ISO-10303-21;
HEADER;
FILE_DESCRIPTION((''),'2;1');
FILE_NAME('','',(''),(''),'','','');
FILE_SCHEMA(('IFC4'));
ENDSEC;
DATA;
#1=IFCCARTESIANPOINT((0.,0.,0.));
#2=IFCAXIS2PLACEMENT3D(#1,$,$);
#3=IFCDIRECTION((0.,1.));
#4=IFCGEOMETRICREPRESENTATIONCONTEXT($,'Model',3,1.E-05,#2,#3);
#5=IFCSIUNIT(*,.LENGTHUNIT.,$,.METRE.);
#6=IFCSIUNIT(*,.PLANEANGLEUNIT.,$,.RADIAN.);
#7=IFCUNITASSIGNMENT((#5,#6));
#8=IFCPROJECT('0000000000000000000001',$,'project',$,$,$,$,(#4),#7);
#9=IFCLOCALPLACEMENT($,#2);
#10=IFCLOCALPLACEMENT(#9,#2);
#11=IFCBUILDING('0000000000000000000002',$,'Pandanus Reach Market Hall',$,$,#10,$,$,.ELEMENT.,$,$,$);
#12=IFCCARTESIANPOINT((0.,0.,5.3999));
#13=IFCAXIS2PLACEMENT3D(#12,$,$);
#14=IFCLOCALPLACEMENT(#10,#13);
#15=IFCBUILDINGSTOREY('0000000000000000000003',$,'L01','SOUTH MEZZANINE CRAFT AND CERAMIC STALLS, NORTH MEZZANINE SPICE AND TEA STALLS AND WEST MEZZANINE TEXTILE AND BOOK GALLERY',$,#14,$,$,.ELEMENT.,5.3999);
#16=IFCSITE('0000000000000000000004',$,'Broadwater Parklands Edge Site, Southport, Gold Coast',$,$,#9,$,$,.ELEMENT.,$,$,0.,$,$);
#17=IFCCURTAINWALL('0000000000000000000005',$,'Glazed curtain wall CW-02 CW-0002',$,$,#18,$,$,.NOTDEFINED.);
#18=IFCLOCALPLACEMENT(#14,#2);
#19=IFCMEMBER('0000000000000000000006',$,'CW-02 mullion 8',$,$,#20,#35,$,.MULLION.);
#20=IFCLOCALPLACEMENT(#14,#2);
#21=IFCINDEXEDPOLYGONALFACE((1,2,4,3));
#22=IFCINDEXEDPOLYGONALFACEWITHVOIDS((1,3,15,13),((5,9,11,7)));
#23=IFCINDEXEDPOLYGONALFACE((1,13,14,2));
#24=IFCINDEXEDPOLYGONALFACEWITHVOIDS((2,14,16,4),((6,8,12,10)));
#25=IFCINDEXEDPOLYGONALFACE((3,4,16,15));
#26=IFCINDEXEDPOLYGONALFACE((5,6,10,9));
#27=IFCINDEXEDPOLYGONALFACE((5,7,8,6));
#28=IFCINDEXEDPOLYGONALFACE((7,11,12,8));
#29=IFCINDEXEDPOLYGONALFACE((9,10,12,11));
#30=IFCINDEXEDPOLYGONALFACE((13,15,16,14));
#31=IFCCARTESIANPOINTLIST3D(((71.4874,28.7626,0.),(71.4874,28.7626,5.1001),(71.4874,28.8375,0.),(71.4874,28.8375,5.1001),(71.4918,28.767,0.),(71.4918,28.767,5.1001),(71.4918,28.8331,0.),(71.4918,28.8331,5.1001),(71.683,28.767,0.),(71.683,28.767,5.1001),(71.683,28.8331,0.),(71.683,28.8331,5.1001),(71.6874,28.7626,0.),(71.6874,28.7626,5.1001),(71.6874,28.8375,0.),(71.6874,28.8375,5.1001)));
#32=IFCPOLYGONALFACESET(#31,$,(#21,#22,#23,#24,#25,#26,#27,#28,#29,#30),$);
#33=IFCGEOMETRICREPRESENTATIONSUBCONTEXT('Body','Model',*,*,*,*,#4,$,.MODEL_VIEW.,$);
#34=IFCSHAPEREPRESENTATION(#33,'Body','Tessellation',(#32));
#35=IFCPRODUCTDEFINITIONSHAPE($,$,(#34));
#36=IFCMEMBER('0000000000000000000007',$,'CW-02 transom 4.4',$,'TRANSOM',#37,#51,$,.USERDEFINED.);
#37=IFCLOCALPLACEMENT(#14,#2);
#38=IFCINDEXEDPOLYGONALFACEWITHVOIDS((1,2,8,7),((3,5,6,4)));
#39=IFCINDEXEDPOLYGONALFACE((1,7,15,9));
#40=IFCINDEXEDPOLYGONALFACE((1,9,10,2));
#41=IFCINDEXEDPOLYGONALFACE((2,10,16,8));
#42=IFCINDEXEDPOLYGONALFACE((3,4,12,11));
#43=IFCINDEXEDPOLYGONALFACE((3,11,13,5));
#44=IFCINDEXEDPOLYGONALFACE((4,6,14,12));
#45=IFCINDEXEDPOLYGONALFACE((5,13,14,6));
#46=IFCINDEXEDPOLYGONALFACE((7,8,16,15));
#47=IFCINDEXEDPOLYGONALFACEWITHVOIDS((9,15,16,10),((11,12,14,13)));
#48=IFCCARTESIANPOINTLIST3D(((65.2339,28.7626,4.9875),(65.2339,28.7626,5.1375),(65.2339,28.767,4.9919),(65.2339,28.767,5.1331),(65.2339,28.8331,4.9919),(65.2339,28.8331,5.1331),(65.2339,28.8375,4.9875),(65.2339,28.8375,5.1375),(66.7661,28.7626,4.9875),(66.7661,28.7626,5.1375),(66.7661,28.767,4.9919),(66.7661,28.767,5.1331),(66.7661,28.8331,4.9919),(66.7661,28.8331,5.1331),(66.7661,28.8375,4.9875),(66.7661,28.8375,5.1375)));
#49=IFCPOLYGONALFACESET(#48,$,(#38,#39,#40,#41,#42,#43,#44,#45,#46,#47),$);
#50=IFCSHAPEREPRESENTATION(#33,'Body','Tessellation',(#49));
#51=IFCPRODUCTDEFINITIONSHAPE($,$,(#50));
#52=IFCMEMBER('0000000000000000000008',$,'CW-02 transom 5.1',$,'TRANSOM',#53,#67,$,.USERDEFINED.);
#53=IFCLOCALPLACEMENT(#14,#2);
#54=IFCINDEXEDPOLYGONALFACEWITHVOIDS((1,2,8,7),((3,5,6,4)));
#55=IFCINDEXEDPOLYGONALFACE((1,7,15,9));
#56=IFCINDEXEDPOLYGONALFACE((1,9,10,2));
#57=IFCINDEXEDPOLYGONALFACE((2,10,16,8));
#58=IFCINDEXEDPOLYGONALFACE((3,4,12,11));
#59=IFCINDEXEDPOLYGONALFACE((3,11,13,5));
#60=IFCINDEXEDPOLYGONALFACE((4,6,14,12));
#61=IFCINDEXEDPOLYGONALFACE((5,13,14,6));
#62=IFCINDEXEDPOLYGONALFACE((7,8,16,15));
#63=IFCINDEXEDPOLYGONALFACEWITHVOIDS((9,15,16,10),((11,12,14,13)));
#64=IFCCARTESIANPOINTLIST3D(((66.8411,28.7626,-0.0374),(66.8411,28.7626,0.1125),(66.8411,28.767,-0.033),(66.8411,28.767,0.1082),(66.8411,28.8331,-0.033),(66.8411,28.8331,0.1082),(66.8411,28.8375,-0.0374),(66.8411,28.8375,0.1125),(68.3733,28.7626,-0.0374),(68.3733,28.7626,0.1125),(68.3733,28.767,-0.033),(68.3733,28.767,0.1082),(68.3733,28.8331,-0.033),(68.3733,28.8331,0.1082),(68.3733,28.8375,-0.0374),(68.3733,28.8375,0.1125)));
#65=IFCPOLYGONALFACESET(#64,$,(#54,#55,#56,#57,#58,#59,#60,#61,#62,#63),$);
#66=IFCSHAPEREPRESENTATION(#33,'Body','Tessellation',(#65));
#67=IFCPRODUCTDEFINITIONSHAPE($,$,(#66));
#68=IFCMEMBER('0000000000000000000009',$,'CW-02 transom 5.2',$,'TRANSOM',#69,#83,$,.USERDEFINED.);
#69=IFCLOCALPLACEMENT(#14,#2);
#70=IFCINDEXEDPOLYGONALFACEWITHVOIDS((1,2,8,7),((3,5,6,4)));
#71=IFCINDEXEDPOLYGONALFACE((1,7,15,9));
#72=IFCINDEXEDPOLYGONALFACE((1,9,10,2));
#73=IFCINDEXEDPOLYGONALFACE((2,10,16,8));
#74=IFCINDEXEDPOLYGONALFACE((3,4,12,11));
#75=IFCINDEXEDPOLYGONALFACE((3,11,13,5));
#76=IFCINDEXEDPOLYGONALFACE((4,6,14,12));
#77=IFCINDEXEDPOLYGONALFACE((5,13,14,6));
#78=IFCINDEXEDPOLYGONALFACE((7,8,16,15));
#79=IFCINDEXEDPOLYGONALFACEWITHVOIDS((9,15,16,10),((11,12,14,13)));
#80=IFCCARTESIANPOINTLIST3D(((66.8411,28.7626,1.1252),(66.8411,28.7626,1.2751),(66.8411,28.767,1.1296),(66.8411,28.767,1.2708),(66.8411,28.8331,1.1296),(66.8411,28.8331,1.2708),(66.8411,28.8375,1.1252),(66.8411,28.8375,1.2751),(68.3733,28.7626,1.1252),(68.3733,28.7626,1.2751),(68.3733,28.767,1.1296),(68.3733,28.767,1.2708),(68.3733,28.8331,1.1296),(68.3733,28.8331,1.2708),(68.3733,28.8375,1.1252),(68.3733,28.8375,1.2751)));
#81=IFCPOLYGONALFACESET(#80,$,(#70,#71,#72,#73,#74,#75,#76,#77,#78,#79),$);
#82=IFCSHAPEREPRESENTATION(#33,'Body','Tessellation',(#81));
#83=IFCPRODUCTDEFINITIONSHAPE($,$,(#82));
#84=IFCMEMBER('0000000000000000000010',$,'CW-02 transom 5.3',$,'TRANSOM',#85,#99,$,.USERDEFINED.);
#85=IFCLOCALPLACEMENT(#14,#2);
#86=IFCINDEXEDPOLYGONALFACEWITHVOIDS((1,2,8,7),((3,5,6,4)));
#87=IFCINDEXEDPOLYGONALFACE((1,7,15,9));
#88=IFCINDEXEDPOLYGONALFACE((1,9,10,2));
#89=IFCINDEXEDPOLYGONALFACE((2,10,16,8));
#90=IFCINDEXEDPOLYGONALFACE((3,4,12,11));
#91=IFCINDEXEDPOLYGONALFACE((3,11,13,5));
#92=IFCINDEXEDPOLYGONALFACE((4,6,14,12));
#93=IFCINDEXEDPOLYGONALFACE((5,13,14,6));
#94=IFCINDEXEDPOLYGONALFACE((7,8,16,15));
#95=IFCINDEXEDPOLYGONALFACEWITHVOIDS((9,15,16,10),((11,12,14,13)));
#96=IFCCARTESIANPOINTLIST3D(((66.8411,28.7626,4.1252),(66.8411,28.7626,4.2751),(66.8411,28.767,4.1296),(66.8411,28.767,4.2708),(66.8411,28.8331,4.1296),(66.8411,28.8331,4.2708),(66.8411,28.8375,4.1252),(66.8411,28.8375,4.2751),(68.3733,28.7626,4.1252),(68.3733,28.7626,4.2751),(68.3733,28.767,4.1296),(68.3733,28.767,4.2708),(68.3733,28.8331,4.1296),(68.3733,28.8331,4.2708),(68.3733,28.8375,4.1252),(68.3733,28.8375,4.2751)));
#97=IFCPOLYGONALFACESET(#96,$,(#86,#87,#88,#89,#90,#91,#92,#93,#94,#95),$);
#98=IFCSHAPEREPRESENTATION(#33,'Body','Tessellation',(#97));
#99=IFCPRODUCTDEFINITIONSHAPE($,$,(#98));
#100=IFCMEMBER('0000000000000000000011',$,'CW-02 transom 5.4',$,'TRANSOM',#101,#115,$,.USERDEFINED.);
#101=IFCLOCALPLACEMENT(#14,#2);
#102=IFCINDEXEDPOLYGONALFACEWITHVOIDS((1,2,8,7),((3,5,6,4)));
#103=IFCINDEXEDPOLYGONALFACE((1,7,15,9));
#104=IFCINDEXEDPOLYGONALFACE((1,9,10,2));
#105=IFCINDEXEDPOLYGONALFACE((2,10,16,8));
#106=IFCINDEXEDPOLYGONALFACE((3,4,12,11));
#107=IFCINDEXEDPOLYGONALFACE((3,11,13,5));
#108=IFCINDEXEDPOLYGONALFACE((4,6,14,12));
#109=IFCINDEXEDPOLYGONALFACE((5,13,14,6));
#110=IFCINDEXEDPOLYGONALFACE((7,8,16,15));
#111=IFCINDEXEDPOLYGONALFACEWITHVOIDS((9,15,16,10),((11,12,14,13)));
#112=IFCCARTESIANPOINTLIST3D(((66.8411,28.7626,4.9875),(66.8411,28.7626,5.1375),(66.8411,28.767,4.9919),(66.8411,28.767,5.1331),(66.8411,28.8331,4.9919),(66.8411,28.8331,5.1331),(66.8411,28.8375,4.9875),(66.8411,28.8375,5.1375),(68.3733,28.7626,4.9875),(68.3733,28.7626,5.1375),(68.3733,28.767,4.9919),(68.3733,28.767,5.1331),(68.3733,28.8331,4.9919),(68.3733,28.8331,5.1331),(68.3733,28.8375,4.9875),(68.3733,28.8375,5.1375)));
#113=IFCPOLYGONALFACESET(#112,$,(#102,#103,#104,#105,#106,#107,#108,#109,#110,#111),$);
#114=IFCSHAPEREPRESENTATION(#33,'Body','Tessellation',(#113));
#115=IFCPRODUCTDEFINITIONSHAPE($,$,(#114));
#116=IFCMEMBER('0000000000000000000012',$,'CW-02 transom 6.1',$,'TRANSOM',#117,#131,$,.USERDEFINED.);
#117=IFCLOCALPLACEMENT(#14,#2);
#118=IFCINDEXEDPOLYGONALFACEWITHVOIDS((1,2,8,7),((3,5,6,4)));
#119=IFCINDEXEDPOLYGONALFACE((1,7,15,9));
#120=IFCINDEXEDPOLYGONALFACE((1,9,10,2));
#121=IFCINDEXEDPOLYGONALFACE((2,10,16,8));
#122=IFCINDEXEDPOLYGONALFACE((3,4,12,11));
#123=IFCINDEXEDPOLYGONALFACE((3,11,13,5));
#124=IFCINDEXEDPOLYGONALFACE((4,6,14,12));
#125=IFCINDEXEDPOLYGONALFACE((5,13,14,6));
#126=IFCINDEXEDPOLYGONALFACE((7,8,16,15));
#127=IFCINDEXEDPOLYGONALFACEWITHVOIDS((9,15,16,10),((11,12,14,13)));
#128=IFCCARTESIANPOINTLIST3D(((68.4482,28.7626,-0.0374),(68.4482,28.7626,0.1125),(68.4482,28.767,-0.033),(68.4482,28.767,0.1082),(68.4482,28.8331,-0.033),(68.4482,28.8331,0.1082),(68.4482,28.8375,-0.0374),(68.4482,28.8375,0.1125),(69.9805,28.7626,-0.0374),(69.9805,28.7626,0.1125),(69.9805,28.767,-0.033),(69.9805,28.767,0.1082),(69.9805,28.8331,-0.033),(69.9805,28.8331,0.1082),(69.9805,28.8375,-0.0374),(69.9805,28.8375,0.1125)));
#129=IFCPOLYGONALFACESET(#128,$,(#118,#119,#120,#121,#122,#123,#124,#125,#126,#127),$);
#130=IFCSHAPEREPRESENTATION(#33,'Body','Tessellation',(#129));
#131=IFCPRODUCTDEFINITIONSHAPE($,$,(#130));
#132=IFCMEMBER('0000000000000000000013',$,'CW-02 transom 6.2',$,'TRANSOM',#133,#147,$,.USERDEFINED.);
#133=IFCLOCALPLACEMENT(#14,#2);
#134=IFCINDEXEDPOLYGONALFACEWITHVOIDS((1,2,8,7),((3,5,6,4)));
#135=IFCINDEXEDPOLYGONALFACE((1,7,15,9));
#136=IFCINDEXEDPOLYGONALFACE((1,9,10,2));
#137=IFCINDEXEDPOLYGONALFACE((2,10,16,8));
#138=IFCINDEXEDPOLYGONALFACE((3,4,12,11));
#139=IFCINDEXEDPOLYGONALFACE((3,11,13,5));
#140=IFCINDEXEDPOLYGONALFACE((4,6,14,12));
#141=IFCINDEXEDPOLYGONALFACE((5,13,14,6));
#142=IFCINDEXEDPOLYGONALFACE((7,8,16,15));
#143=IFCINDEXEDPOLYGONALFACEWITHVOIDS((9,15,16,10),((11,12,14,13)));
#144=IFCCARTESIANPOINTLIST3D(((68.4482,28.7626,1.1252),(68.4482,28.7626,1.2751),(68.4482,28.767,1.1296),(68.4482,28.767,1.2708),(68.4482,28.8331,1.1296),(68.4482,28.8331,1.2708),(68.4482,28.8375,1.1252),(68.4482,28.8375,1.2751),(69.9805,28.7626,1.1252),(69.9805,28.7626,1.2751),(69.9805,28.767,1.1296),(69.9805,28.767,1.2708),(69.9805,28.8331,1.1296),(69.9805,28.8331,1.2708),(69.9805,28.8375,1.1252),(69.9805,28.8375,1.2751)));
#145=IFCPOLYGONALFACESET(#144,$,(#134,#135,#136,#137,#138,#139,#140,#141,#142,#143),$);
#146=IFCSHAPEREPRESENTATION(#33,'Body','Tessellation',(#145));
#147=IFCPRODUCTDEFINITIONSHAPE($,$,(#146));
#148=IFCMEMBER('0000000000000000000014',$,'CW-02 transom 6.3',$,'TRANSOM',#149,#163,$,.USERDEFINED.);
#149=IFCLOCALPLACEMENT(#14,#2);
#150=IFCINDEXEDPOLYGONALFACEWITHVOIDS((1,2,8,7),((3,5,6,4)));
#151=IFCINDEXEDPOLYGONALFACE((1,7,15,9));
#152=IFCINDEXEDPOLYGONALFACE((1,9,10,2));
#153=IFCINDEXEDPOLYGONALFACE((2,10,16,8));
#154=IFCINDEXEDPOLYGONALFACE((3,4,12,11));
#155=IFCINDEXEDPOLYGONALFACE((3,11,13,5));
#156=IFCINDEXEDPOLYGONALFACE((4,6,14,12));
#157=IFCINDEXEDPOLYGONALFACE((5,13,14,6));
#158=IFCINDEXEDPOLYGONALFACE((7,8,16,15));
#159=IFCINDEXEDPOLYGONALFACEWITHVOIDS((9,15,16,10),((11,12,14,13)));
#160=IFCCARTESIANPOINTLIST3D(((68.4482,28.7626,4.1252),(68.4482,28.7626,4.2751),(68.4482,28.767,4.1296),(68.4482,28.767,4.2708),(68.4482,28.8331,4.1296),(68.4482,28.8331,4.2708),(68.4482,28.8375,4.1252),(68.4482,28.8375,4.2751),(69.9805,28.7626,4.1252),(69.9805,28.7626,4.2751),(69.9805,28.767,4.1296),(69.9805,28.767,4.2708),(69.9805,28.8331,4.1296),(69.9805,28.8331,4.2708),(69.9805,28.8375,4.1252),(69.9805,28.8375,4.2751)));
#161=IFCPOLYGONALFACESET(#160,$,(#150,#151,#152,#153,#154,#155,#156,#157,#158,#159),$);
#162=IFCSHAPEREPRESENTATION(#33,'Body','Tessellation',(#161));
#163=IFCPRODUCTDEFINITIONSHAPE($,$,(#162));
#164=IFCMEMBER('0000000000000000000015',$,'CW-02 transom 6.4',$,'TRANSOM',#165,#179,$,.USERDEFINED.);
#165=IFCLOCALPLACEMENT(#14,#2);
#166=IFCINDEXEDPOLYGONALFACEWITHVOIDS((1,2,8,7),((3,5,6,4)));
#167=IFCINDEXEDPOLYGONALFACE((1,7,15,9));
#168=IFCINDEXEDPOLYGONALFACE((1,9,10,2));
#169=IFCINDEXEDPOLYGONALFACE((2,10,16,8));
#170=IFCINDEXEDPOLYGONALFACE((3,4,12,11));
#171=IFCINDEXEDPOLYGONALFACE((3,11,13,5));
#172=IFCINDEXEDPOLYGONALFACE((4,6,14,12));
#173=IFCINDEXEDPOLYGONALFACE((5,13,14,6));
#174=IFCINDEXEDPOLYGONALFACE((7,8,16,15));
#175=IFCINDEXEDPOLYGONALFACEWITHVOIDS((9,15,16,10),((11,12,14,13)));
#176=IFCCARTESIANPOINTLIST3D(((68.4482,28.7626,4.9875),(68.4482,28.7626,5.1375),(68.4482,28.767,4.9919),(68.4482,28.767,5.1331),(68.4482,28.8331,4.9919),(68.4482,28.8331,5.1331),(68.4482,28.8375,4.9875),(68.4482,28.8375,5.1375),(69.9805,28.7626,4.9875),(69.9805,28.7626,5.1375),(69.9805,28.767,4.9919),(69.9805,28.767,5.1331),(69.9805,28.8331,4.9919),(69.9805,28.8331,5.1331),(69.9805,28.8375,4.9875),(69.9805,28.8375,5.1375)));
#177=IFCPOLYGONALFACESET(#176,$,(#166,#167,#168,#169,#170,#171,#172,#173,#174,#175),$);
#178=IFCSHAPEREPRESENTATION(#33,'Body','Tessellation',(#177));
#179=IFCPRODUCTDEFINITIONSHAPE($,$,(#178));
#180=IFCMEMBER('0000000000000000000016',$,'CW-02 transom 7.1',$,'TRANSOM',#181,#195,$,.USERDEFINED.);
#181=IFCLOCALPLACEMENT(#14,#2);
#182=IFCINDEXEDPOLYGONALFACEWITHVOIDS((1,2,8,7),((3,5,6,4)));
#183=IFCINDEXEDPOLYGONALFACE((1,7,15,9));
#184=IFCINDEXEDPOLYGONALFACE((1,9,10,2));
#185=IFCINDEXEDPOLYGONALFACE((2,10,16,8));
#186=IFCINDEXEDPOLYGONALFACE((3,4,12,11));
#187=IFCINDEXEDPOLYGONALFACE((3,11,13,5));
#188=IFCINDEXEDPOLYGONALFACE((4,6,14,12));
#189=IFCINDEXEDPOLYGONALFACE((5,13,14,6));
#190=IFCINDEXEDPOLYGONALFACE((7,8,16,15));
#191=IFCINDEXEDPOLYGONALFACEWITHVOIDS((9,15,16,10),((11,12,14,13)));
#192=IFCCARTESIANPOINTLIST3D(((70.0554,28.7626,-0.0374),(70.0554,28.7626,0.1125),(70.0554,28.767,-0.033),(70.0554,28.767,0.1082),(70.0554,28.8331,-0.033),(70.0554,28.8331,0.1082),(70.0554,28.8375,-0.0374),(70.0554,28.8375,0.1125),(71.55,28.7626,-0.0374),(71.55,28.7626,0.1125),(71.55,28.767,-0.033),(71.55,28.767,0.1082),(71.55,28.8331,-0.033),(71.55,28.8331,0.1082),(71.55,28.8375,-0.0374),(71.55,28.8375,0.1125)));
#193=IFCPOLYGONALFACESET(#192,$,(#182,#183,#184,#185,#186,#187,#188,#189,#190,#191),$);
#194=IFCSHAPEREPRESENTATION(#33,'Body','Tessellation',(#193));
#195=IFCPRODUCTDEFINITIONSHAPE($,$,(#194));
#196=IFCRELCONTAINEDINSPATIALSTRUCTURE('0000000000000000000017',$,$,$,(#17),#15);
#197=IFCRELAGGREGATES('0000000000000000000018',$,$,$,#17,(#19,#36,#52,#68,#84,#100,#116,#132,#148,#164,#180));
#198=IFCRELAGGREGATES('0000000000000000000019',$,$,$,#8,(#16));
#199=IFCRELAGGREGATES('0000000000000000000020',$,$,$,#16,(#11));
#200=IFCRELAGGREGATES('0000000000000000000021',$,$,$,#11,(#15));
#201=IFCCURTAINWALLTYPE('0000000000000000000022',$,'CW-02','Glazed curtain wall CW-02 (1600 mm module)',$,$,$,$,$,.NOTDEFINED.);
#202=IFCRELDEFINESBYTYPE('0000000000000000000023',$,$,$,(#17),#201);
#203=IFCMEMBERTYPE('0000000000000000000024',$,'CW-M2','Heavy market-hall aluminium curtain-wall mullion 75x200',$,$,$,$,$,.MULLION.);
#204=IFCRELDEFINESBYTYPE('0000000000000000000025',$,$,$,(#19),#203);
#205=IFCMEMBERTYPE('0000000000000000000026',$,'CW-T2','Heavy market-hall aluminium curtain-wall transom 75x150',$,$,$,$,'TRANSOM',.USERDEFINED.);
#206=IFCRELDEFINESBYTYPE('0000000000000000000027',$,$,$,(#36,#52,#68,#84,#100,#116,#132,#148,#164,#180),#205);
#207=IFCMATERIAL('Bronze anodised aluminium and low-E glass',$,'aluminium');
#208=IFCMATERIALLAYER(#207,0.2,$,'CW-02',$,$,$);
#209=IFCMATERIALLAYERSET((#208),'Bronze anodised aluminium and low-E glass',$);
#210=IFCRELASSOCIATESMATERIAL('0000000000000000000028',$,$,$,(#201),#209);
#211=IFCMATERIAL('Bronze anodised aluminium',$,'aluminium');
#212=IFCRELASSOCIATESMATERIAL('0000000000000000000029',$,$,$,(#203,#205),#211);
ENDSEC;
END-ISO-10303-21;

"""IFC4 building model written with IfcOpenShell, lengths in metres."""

from ifc_helpers import new_model, si_unit, direction, frame, origin, origin_2d, place, context, subcontext, project, spatial, hollow_rectangle, extrude, material, layer, layer_set, material_profile, profile_set, type_object, element, aggregate, save


model = new_model("IFC4")

# Units and contexts
model_context = context("Model", 3, precision=1e-05, world=origin(), true_north=direction((0.0, 1.0)))
body_context = subcontext(model_context, "Body", "Model", "MODEL_VIEW")
ifc_project = project(units=[si_unit("LENGTHUNIT", "METRE"), si_unit("PLANEANGLEUNIT", "RADIAN")], contexts=[model_context])

# Site, building, storey
site_placement = place(None, origin())
site = spatial("IfcSite", under=ifc_project, at=site_placement, Name="Broadwater Parklands Edge Site, Southport, Gold Coast", CompositionType="ELEMENT", RefElevation=0.0)
building_placement = place(site_placement, origin())
building = spatial("IfcBuilding", under=site, at=building_placement, Name="Pandanus Reach Market Hall", CompositionType="ELEMENT")
storey_placement = place(building_placement, frame((0.0, 0.0, 5.3999)))
storey = spatial("IfcBuildingStorey", under=building, at=storey_placement, Name="L01", Description="SOUTH MEZZANINE CRAFT AND CERAMIC STALLS, NORTH MEZZANINE SPICE AND TEA STALLS AND WEST MEZZANINE TEXTILE AND BOOK GALLERY", CompositionType="ELEMENT", Elevation=5.3999)

# Curtain wall, members
ifc_material_1 = material(Name="Bronze anodised aluminium and low-E glass", Category="aluminium")
ifc_layer_1 = layer(ifc_material_1, 0.2, Name="CW-02")
ifc_layer_set_1 = layer_set([ifc_layer_1], Name="Bronze anodised aluminium and low-E glass")
curtain_wall_type = type_object("IfcCurtainWallType", Name="CW-02", Description="Glazed curtain wall CW-02 (1600 mm module)", PredefinedType="NOTDEFINED", material=ifc_layer_set_1)
curtain_wall_placement = place(storey_placement, origin())
curtain_wall = element("IfcCurtainWall", 1, at=curtain_wall_placement, inside=storey, type_object=curtain_wall_type, Name="Glazed curtain wall CW-02 CW-0002", PredefinedType="NOTDEFINED")
ifc_material_2 = material(Name="Bronze anodised aluminium", Category="aluminium")
ifc_material_profile_1 = material_profile(ifc_material_2, hollow_rectangle(XDim=0.075, YDim=0.2, WallThickness=0.0044, at=origin_2d()), Name="ALU75x200", Category="LoadBearing")
ifc_profile_set_1 = profile_set([ifc_material_profile_1], Name="Bronze anodised aluminium")
member_type_1 = type_object("IfcMemberType", Name="CW-M2", Description="Heavy market-hall aluminium curtain-wall mullion 75x200", PredefinedType="MULLION", material=ifc_profile_set_1)
member_1_placement = place(storey_placement, frame((71.5874, 28.8, 0.0), z_axis=(0.0, 0.0, 1.0), x_axis=(0.0, 1.0, 0.0)))
member_1 = element("IfcMember", 2, at=member_1_placement, type_object=member_type_1, Name="CW-02 mullion 8", PredefinedType="MULLION", context=body_context, shape_type="SweptSolid", body=[
    extrude(hollow_rectangle(XDim=0.075, YDim=0.2, WallThickness=0.0044, at=origin_2d()), origin(), (0.0, 0.0, 1.0), 5.1001),
])
ifc_material_profile_2 = material_profile(ifc_material_2, hollow_rectangle(XDim=0.075, YDim=0.1499, WallThickness=0.0044, at=origin_2d()), Name="ALU75x150", Category="LoadBearing")
ifc_profile_set_2 = profile_set([ifc_material_profile_2], Name="Bronze anodised aluminium")
member_type_2 = type_object("IfcMemberType", Name="CW-T2", Description="Heavy market-hall aluminium curtain-wall transom 75x150", ElementType="TRANSOM", PredefinedType="USERDEFINED", material=ifc_profile_set_2)
member_2_placement = place(storey_placement, frame((65.2339, 28.8, 5.0625), z_axis=(1.0, 0.0, 0.0), x_axis=(0.0, 1.0, 0.0)))
member_2 = element("IfcMember", 3, at=member_2_placement, type_object=member_type_2, Name="CW-02 transom 4.4", ObjectType="TRANSOM", PredefinedType="USERDEFINED", context=body_context, shape_type="SweptSolid", body=[
    extrude(hollow_rectangle(XDim=0.075, YDim=0.1499, WallThickness=0.0044, at=origin_2d()), origin(), (0.0, 0.0, 1.0), 1.5322),
])
member_3_placement = place(storey_placement, frame((66.8411, 28.8, 0.0376), z_axis=(1.0, 0.0, 0.0), x_axis=(0.0, 1.0, 0.0)))
member_3 = element("IfcMember", 4, at=member_3_placement, type_object=member_type_2, Name="CW-02 transom 5.1", ObjectType="TRANSOM", PredefinedType="USERDEFINED", context=body_context, shape_type="SweptSolid", body=[
    extrude(hollow_rectangle(XDim=0.075, YDim=0.1499, WallThickness=0.0044, at=origin_2d()), origin(), (0.0, 0.0, 1.0), 1.5322),
])
member_4_placement = place(storey_placement, frame((66.8411, 28.8, 1.2002), z_axis=(1.0, 0.0, 0.0), x_axis=(0.0, 1.0, 0.0)))
member_4 = element("IfcMember", 5, at=member_4_placement, type_object=member_type_2, Name="CW-02 transom 5.2", ObjectType="TRANSOM", PredefinedType="USERDEFINED", context=body_context, shape_type="SweptSolid", body=[
    extrude(hollow_rectangle(XDim=0.075, YDim=0.1499, WallThickness=0.0044, at=origin_2d()), origin(), (0.0, 0.0, 1.0), 1.5322),
])
member_5_placement = place(storey_placement, frame((66.8411, 28.8, 4.2002), z_axis=(1.0, 0.0, 0.0), x_axis=(0.0, 1.0, 0.0)))
member_5 = element("IfcMember", 6, at=member_5_placement, type_object=member_type_2, Name="CW-02 transom 5.3", ObjectType="TRANSOM", PredefinedType="USERDEFINED", context=body_context, shape_type="SweptSolid", body=[
    extrude(hollow_rectangle(XDim=0.075, YDim=0.1499, WallThickness=0.0044, at=origin_2d()), origin(), (0.0, 0.0, 1.0), 1.5322),
])
member_6_placement = place(storey_placement, frame((66.8411, 28.8, 5.0625), z_axis=(1.0, 0.0, 0.0), x_axis=(0.0, 1.0, 0.0)))
member_6 = element("IfcMember", 7, at=member_6_placement, type_object=member_type_2, Name="CW-02 transom 5.4", ObjectType="TRANSOM", PredefinedType="USERDEFINED", context=body_context, shape_type="SweptSolid", body=[
    extrude(hollow_rectangle(XDim=0.075, YDim=0.1499, WallThickness=0.0044, at=origin_2d()), origin(), (0.0, 0.0, 1.0), 1.5322),
])
member_7_placement = place(storey_placement, frame((68.4482, 28.8, 0.0376), z_axis=(1.0, 0.0, 0.0), x_axis=(0.0, 1.0, 0.0)))
member_7 = element("IfcMember", 8, at=member_7_placement, type_object=member_type_2, Name="CW-02 transom 6.1", ObjectType="TRANSOM", PredefinedType="USERDEFINED", context=body_context, shape_type="SweptSolid", body=[
    extrude(hollow_rectangle(XDim=0.075, YDim=0.1499, WallThickness=0.0044, at=origin_2d()), origin(), (0.0, 0.0, 1.0), 1.5322),
])
member_8_placement = place(storey_placement, frame((68.4482, 28.8, 1.2002), z_axis=(1.0, 0.0, 0.0), x_axis=(0.0, 1.0, 0.0)))
member_8 = element("IfcMember", 9, at=member_8_placement, type_object=member_type_2, Name="CW-02 transom 6.2", ObjectType="TRANSOM", PredefinedType="USERDEFINED", context=body_context, shape_type="SweptSolid", body=[
    extrude(hollow_rectangle(XDim=0.075, YDim=0.1499, WallThickness=0.0044, at=origin_2d()), origin(), (0.0, 0.0, 1.0), 1.5322),
])
member_9_placement = place(storey_placement, frame((68.4482, 28.8, 4.2002), z_axis=(1.0, 0.0, 0.0), x_axis=(0.0, 1.0, 0.0)))
member_9 = element("IfcMember", 10, at=member_9_placement, type_object=member_type_2, Name="CW-02 transom 6.3", ObjectType="TRANSOM", PredefinedType="USERDEFINED", context=body_context, shape_type="SweptSolid", body=[
    extrude(hollow_rectangle(XDim=0.075, YDim=0.1499, WallThickness=0.0044, at=origin_2d()), origin(), (0.0, 0.0, 1.0), 1.5322),
])
member_10_placement = place(storey_placement, frame((68.4482, 28.8, 5.0625), z_axis=(1.0, 0.0, 0.0), x_axis=(0.0, 1.0, 0.0)))
member_10 = element("IfcMember", 11, at=member_10_placement, type_object=member_type_2, Name="CW-02 transom 6.4", ObjectType="TRANSOM", PredefinedType="USERDEFINED", context=body_context, shape_type="SweptSolid", body=[
    extrude(hollow_rectangle(XDim=0.075, YDim=0.1499, WallThickness=0.0044, at=origin_2d()), origin(), (0.0, 0.0, 1.0), 1.5322),
])
member_11_placement = place(storey_placement, frame((70.0554, 28.8, 0.0376), z_axis=(1.0, 0.0, 0.0), x_axis=(0.0, 1.0, 0.0)))
member_11 = element("IfcMember", 12, at=member_11_placement, type_object=member_type_2, Name="CW-02 transom 7.1", ObjectType="TRANSOM", PredefinedType="USERDEFINED", context=body_context, shape_type="SweptSolid", body=[
    extrude(hollow_rectangle(XDim=0.075, YDim=0.1499, WallThickness=0.0044, at=origin_2d()), origin(), (0.0, 0.0, 1.0), 1.4946),
])

aggregate(curtain_wall, [member_1, member_2, member_3, member_4, member_5, member_6, member_7, member_8, member_9, member_10, member_11])

save(model, "model.ifc")
